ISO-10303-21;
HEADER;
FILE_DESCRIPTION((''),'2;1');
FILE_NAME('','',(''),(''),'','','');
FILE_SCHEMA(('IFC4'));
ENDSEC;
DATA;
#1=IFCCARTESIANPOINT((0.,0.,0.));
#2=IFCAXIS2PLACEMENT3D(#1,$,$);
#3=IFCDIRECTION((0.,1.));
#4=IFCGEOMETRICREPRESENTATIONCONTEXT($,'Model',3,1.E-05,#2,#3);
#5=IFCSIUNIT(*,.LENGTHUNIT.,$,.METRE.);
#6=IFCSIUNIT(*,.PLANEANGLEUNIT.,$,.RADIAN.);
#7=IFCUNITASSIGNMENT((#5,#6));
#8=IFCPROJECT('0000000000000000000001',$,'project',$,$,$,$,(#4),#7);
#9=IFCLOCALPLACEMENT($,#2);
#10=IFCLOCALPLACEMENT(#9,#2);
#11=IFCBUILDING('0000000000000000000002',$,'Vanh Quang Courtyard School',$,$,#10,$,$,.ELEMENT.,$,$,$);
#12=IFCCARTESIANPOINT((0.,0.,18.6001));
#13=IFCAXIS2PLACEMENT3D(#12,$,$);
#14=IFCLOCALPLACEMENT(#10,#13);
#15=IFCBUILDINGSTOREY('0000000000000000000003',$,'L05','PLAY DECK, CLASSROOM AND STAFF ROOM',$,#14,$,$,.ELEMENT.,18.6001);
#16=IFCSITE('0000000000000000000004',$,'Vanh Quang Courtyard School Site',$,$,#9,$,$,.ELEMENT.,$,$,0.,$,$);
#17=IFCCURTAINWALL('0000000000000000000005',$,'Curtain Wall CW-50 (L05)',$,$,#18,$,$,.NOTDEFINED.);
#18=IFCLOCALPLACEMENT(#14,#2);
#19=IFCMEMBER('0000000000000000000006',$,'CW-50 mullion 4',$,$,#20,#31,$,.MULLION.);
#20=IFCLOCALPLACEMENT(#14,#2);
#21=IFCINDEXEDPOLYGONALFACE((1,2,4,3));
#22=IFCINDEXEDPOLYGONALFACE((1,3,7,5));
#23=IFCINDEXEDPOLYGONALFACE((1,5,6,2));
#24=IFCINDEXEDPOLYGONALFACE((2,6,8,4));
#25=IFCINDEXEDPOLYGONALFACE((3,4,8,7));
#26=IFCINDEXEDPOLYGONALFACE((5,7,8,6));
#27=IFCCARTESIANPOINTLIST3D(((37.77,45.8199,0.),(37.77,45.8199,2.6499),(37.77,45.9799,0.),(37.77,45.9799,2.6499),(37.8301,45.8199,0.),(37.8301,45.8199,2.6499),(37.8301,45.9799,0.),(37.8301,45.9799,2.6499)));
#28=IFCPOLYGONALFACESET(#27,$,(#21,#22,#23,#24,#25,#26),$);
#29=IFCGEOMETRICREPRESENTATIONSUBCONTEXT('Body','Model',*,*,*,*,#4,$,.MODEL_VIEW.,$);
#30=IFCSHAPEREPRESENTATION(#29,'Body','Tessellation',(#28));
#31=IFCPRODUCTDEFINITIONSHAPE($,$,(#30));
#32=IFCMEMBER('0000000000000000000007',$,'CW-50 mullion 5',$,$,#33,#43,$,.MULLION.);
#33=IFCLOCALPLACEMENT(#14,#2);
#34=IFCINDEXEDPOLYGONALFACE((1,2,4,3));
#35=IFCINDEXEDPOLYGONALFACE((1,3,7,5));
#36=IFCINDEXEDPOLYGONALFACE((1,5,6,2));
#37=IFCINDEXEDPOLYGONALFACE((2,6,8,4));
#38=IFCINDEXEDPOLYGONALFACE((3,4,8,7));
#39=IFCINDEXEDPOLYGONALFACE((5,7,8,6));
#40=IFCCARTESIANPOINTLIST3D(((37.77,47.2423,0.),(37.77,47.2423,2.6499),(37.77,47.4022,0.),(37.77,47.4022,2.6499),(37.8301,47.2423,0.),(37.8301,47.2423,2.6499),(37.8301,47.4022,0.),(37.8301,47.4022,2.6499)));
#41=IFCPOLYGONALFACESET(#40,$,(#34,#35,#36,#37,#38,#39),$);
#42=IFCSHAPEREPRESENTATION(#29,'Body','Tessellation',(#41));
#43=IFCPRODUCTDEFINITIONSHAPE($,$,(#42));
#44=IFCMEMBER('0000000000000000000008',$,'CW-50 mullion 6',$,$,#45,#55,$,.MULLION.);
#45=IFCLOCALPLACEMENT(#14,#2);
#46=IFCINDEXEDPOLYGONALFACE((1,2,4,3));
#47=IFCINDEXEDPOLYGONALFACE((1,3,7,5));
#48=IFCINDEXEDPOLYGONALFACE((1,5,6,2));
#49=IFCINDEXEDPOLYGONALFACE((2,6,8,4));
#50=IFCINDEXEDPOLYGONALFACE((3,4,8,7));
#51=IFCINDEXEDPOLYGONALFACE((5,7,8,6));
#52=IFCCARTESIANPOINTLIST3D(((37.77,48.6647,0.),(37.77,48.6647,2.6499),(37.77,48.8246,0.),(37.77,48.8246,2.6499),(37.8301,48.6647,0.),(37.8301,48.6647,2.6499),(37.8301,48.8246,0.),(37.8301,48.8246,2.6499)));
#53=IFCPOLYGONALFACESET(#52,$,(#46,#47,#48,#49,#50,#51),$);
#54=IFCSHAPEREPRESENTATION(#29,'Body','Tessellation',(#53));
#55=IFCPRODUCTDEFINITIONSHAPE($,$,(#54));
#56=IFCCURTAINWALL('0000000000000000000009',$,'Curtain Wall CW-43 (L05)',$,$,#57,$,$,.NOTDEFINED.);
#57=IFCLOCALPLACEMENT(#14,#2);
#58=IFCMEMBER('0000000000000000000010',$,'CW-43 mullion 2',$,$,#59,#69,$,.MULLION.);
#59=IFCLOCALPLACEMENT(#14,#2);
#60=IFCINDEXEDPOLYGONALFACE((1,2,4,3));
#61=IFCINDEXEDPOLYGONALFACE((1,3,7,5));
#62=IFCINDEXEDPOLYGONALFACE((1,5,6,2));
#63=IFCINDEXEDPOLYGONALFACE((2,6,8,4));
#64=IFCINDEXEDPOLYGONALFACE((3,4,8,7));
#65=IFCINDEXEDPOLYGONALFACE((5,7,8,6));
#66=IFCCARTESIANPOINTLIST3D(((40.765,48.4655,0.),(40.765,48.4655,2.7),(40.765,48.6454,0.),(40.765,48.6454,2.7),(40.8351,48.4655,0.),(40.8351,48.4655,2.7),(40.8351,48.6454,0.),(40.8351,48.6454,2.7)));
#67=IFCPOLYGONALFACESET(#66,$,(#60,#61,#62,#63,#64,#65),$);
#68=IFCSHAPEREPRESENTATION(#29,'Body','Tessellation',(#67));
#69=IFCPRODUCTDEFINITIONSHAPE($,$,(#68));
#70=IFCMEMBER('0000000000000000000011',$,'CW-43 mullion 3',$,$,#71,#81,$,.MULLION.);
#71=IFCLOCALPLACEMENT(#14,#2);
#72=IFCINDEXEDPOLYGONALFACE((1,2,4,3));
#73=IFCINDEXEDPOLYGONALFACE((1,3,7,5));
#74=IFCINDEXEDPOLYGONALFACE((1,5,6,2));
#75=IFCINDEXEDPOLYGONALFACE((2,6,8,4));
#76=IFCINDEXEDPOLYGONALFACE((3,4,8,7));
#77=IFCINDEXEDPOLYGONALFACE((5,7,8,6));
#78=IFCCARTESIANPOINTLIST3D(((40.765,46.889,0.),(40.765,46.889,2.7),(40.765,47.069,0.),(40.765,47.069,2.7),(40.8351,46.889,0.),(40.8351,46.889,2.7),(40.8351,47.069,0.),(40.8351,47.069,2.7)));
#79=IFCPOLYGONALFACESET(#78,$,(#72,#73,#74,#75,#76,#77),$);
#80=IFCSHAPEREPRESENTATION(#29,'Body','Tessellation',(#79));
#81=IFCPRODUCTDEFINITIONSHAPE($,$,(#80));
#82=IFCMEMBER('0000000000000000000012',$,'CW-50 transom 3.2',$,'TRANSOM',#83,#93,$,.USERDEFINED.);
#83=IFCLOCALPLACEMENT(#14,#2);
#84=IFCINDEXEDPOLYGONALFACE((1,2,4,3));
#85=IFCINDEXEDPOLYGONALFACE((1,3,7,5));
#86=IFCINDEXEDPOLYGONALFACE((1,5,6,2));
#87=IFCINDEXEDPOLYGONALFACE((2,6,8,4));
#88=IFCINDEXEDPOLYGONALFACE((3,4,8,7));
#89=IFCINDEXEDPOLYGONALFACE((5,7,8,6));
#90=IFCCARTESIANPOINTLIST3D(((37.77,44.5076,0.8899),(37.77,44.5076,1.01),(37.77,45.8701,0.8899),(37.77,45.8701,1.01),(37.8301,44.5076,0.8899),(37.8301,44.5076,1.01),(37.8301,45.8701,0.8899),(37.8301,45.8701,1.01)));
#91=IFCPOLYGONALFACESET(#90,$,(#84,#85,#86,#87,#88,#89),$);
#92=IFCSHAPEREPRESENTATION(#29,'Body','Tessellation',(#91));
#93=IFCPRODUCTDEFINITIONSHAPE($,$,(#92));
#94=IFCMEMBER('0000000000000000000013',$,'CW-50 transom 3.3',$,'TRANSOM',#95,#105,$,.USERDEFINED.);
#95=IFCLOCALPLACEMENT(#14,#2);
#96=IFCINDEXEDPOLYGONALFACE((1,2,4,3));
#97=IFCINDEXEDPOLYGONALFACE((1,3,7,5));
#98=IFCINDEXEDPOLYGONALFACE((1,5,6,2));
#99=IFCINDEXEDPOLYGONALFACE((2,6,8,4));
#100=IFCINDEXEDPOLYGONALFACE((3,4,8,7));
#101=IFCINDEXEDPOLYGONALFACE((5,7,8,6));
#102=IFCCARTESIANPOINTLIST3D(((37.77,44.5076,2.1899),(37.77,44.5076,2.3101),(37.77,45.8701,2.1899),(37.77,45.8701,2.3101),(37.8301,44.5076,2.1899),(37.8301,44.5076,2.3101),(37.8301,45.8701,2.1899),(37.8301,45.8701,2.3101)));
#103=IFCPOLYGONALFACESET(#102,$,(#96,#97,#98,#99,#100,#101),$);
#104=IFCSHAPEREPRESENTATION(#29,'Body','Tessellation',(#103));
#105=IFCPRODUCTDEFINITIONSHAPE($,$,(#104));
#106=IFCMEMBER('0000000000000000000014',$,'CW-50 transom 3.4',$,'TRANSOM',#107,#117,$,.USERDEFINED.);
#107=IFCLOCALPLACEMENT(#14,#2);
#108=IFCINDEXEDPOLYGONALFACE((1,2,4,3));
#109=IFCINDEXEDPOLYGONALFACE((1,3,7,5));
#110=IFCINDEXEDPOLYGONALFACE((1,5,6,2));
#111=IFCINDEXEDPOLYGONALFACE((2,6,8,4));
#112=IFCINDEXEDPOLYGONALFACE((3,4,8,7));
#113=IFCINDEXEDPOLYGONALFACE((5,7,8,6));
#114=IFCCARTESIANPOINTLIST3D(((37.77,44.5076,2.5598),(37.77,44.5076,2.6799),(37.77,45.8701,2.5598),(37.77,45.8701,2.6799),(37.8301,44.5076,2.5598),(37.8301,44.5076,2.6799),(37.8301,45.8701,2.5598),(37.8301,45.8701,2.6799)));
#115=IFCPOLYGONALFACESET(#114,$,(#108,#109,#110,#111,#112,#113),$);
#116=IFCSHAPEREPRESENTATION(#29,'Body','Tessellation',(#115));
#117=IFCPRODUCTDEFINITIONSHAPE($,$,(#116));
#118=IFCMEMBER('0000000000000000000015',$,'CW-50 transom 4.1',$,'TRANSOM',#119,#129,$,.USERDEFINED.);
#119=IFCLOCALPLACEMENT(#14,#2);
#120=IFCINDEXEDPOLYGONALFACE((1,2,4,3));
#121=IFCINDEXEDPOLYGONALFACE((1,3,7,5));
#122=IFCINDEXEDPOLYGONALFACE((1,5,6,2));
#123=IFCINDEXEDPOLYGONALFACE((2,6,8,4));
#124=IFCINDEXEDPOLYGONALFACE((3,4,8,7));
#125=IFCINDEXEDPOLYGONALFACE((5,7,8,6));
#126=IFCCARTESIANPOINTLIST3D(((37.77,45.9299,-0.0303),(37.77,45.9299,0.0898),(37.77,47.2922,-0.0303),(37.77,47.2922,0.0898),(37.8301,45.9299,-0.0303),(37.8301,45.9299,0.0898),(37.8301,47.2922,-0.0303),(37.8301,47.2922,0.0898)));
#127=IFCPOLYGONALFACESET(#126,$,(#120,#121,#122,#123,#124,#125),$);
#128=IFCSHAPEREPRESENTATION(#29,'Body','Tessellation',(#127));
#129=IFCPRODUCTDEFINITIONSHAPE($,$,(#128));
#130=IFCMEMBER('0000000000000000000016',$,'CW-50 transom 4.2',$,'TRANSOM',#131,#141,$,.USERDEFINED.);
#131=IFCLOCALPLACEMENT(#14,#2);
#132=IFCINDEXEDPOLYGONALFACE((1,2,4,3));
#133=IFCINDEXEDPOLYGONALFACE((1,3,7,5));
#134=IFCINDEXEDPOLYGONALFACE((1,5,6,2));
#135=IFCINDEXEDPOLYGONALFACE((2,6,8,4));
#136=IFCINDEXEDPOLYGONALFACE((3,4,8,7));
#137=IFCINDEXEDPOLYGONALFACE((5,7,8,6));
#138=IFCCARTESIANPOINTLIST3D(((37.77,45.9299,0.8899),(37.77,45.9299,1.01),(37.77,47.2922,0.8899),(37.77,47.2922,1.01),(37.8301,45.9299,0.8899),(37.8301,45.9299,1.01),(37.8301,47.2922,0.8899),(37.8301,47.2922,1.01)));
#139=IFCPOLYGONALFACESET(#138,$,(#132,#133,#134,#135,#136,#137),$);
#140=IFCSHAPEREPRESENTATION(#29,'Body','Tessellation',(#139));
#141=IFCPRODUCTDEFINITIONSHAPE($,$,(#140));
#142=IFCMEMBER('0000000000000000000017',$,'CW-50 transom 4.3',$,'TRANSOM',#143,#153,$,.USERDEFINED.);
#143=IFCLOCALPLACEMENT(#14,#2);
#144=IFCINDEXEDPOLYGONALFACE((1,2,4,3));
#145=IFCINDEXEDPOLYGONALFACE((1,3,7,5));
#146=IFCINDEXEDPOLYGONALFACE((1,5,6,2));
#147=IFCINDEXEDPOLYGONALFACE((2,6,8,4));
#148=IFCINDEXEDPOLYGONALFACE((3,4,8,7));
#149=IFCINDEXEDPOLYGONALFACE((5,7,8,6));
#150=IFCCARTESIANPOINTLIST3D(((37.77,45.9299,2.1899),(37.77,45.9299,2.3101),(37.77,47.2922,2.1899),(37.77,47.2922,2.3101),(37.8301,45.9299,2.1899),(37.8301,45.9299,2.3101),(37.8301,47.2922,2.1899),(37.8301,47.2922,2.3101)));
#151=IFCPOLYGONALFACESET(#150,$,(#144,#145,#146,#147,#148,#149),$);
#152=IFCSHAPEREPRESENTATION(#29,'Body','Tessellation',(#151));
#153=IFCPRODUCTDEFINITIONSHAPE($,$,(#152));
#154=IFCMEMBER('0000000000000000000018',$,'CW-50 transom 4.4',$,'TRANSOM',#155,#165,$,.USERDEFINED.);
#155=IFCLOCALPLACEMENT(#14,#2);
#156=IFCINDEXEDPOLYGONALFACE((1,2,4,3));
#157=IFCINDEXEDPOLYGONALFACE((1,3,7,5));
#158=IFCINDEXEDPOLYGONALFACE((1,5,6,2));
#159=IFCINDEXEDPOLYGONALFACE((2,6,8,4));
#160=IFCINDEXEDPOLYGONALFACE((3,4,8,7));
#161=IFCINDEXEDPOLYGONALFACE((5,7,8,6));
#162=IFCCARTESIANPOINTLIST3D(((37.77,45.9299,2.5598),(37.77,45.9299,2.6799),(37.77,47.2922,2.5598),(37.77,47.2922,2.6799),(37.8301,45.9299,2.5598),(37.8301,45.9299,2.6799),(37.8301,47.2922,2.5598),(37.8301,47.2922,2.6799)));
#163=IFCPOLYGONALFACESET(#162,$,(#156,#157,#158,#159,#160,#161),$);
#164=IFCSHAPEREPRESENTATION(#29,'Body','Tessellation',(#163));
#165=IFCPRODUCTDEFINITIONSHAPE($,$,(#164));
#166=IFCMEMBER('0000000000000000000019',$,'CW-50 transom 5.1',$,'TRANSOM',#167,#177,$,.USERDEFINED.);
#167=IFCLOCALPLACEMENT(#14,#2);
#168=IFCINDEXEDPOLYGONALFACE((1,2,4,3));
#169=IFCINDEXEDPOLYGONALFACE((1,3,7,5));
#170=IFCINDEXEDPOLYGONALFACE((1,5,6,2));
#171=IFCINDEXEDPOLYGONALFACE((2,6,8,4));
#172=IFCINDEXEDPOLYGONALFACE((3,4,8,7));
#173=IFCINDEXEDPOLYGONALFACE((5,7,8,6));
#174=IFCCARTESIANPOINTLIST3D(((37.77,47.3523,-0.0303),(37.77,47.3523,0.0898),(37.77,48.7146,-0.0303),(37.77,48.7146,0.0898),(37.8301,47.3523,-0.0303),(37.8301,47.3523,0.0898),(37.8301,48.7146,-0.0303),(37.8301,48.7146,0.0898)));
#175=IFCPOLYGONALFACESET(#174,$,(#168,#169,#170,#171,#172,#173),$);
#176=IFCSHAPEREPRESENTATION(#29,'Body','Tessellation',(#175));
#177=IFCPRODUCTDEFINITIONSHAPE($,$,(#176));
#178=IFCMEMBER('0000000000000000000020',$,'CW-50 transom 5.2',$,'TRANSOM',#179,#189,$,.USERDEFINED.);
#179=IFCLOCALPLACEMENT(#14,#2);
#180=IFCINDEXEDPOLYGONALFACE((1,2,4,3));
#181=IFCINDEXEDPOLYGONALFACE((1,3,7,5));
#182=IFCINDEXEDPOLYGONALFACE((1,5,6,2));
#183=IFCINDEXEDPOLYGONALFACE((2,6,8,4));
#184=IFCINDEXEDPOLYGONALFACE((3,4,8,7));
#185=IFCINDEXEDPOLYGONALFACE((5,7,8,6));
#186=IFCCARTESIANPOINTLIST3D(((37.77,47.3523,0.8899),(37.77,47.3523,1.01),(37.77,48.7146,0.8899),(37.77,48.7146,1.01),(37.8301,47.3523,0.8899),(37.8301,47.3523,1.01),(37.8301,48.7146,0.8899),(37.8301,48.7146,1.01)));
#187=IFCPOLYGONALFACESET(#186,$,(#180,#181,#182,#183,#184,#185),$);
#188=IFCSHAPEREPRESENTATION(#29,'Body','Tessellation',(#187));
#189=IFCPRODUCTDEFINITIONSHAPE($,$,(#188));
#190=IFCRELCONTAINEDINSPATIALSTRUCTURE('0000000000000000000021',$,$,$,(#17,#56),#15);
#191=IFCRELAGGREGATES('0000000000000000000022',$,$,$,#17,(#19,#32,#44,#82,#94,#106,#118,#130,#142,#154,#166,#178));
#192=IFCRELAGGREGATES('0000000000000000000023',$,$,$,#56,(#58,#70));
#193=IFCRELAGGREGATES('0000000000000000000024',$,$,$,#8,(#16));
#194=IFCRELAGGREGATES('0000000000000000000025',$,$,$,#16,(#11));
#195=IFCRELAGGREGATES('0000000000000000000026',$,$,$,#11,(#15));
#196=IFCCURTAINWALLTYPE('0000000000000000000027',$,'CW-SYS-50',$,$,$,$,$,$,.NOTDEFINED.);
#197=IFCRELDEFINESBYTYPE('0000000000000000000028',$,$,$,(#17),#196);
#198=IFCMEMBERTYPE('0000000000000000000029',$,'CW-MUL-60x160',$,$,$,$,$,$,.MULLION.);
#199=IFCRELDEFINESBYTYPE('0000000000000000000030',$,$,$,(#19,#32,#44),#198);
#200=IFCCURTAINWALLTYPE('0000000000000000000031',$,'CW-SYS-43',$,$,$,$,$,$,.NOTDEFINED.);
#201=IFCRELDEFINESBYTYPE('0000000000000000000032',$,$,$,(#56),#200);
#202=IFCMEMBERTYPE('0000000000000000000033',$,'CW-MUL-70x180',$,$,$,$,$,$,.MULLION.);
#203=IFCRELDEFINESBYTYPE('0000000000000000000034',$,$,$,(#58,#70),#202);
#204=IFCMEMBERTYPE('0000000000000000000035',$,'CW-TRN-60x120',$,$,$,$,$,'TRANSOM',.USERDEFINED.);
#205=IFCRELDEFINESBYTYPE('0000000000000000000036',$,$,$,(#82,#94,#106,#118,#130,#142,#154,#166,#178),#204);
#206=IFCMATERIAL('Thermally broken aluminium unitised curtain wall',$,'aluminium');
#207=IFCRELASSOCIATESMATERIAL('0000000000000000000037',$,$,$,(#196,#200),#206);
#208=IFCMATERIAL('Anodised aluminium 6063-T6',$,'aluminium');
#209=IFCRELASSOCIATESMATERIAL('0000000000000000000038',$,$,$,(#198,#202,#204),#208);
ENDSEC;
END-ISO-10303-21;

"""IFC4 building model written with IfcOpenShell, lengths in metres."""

from ifc_helpers import new_model, si_unit, direction, frame, origin, origin_2d, place, context, subcontext, project, spatial, rectangle, extrude, material, material_profile, profile_set, type_object, element, aggregate, save


model = new_model("IFC4")

# Units and contexts
model_context = context("Model", 3, precision=1e-05, world=origin(), true_north=direction((0.0, 1.0)))
body_context = subcontext(model_context, "Body", "Model", "MODEL_VIEW")
ifc_project = project(units=[si_unit("LENGTHUNIT", "METRE"), si_unit("PLANEANGLEUNIT", "RADIAN")], contexts=[model_context])

# Site, building, storey
site_placement = place(None, origin())
site = spatial("IfcSite", under=ifc_project, at=site_placement, Name="Vanh Quang Courtyard School Site", CompositionType="ELEMENT", RefElevation=0.0)
building_placement = place(site_placement, origin())
building = spatial("IfcBuilding", under=site, at=building_placement, Name="Vanh Quang Courtyard School", CompositionType="ELEMENT")
storey_placement = place(building_placement, frame((0.0, 0.0, 18.6001)))
storey = spatial("IfcBuildingStorey", under=building, at=storey_placement, Name="L05", Description="PLAY DECK, CLASSROOM AND STAFF ROOM", CompositionType="ELEMENT", Elevation=18.6001)

# Curtain walls, members
ifc_material_1 = material(Name="Thermally broken aluminium unitised curtain wall", Category="aluminium")
curtain_wall_type_1 = type_object("IfcCurtainWallType", Name="CW-SYS-50", PredefinedType="NOTDEFINED", material=ifc_material_1)
curtain_wall_1_placement = place(storey_placement, origin())
curtain_wall_1 = element("IfcCurtainWall", 1, at=curtain_wall_1_placement, inside=storey, type_object=curtain_wall_type_1, Name="Curtain Wall CW-50 (L05)", PredefinedType="NOTDEFINED")
ifc_material_2 = material(Name="Anodised aluminium 6063-T6", Category="aluminium")
ifc_material_profile_1 = material_profile(ifc_material_2, rectangle(XDim=0.0601, YDim=0.1599, at=origin_2d()), Name="ALU-MUL 60x160")
ifc_profile_set_1 = profile_set([ifc_material_profile_1], Name="Anodised aluminium 6063-T6")
member_type_1 = type_object("IfcMemberType", Name="CW-MUL-60x160", PredefinedType="MULLION", material=ifc_profile_set_1)
member_1_placement = place(storey_placement, frame((37.8, 45.8999, 0.0), z_axis=(0.0, 0.0, 1.0), x_axis=(-1.0, 0.0, 0.0)))
member_1 = element("IfcMember", 2, at=member_1_placement, type_object=member_type_1, Name="CW-50 mullion 4", PredefinedType="MULLION", context=body_context, shape_type="SweptSolid", body=[
    extrude(rectangle(XDim=0.0601, YDim=0.1599, at=origin_2d()), origin(), (0.0, 0.0, 1.0), 2.6499),
])
member_2_placement = place(storey_placement, frame((37.8, 47.3223, 0.0), z_axis=(0.0, 0.0, 1.0), x_axis=(-1.0, 0.0, 0.0)))
member_2 = element("IfcMember", 3, at=member_2_placement, type_object=member_type_1, Name="CW-50 mullion 5", PredefinedType="MULLION", context=body_context, shape_type="SweptSolid", body=[
    extrude(rectangle(XDim=0.0601, YDim=0.1599, at=origin_2d()), origin(), (0.0, 0.0, 1.0), 2.6499),
])
member_3_placement = place(storey_placement, frame((37.8, 48.7446, 0.0), z_axis=(0.0, 0.0, 1.0), x_axis=(-1.0, 0.0, 0.0)))
member_3 = element("IfcMember", 4, at=member_3_placement, type_object=member_type_1, Name="CW-50 mullion 6", PredefinedType="MULLION", context=body_context, shape_type="SweptSolid", body=[
    extrude(rectangle(XDim=0.0601, YDim=0.1599, at=origin_2d()), origin(), (0.0, 0.0, 1.0), 2.6499),
])
curtain_wall_type_2 = type_object("IfcCurtainWallType", Name="CW-SYS-43", PredefinedType="NOTDEFINED", material=ifc_material_1)
curtain_wall_2_placement = place(storey_placement, origin())
curtain_wall_2 = element("IfcCurtainWall", 5, at=curtain_wall_2_placement, inside=storey, type_object=curtain_wall_type_2, Name="Curtain Wall CW-43 (L05)", PredefinedType="NOTDEFINED")
ifc_material_profile_2 = material_profile(ifc_material_2, rectangle(XDim=0.0701, YDim=0.1799, at=origin_2d()), Name="ALU-MUL 70x180")
ifc_profile_set_2 = profile_set([ifc_material_profile_2], Name="Anodised aluminium 6063-T6")
member_type_2 = type_object("IfcMemberType", Name="CW-MUL-70x180", PredefinedType="MULLION", material=ifc_profile_set_2)
member_4_placement = place(storey_placement, frame((40.8, 48.5554, 0.0), z_axis=(0.0, 0.0, 1.0), x_axis=(1.0, 0.0, 0.0)))
member_4 = element("IfcMember", 6, at=member_4_placement, type_object=member_type_2, Name="CW-43 mullion 2", PredefinedType="MULLION", context=body_context, shape_type="SweptSolid", body=[
    extrude(rectangle(XDim=0.0701, YDim=0.1799, at=origin_2d()), origin(), (0.0, 0.0, 1.0), 2.7),
])
member_5_placement = place(storey_placement, frame((40.8, 46.979, 0.0), z_axis=(0.0, 0.0, 1.0), x_axis=(1.0, 0.0, 0.0)))
member_5 = element("IfcMember", 7, at=member_5_placement, type_object=member_type_2, Name="CW-43 mullion 3", PredefinedType="MULLION", context=body_context, shape_type="SweptSolid", body=[
    extrude(rectangle(XDim=0.0701, YDim=0.1799, at=origin_2d()), origin(), (0.0, 0.0, 1.0), 2.7),
])

# Members
ifc_material_profile_3 = material_profile(ifc_material_2, rectangle(XDim=0.0601, YDim=0.1201, at=origin_2d()), Name="ALU-TRN 60x120")
ifc_profile_set_3 = profile_set([ifc_material_profile_3], Name="Anodised aluminium 6063-T6")
member_type_3 = type_object("IfcMemberType", Name="CW-TRN-60x120", ElementType="TRANSOM", PredefinedType="USERDEFINED", material=ifc_profile_set_3)
member_6_placement = place(storey_placement, frame((37.8, 44.5076, 0.95), z_axis=(0.0, 1.0, 0.0), x_axis=(-1.0, 0.0, 0.0)))
member_6 = element("IfcMember", 8, at=member_6_placement, type_object=member_type_3, Name="CW-50 transom 3.2", ObjectType="TRANSOM", PredefinedType="USERDEFINED", context=body_context, shape_type="SweptSolid", body=[
    extrude(rectangle(XDim=0.0601, YDim=0.1201, at=origin_2d()), origin(), (0.0, 0.0, 1.0), 1.3625),
])
member_7_placement = place(storey_placement, frame((37.8, 44.5076, 2.25), z_axis=(0.0, 1.0, 0.0), x_axis=(-1.0, 0.0, 0.0)))
member_7 = element("IfcMember", 9, at=member_7_placement, type_object=member_type_3, Name="CW-50 transom 3.3", ObjectType="TRANSOM", PredefinedType="USERDEFINED", context=body_context, shape_type="SweptSolid", body=[
    extrude(rectangle(XDim=0.0601, YDim=0.1201, at=origin_2d()), origin(), (0.0, 0.0, 1.0), 1.3625),
])
member_8_placement = place(storey_placement, frame((37.8, 44.5076, 2.6199), z_axis=(0.0, 1.0, 0.0), x_axis=(-1.0, 0.0, 0.0)))
member_8 = element("IfcMember", 10, at=member_8_placement, type_object=member_type_3, Name="CW-50 transom 3.4", ObjectType="TRANSOM", PredefinedType="USERDEFINED", context=body_context, shape_type="SweptSolid", body=[
    extrude(rectangle(XDim=0.0601, YDim=0.1201, at=origin_2d()), origin(), (0.0, 0.0, 1.0), 1.3625),
])
member_9_placement = place(storey_placement, frame((37.8, 45.9299, 0.0298), z_axis=(0.0, 1.0, 0.0), x_axis=(-1.0, 0.0, 0.0)))
member_9 = element("IfcMember", 11, at=member_9_placement, type_object=member_type_3, Name="CW-50 transom 4.1", ObjectType="TRANSOM", PredefinedType="USERDEFINED", context=body_context, shape_type="SweptSolid", body=[
    extrude(rectangle(XDim=0.0601, YDim=0.1201, at=origin_2d()), origin(), (0.0, 0.0, 1.0), 1.3623),
])
member_10_placement = place(storey_placement, frame((37.8, 45.9299, 0.95), z_axis=(0.0, 1.0, 0.0), x_axis=(-1.0, 0.0, 0.0)))
member_10 = element("IfcMember", 12, at=member_10_placement, type_object=member_type_3, Name="CW-50 transom 4.2", ObjectType="TRANSOM", PredefinedType="USERDEFINED", context=body_context, shape_type="SweptSolid", body=[
    extrude(rectangle(XDim=0.0601, YDim=0.1201, at=origin_2d()), origin(), (0.0, 0.0, 1.0), 1.3623),
])
member_11_placement = place(storey_placement, frame((37.8, 45.9299, 2.25), z_axis=(0.0, 1.0, 0.0), x_axis=(-1.0, 0.0, 0.0)))
member_11 = element("IfcMember", 13, at=member_11_placement, type_object=member_type_3, Name="CW-50 transom 4.3", ObjectType="TRANSOM", PredefinedType="USERDEFINED", context=body_context, shape_type="SweptSolid", body=[
    extrude(rectangle(XDim=0.0601, YDim=0.1201, at=origin_2d()), origin(), (0.0, 0.0, 1.0), 1.3623),
])
member_12_placement = place(storey_placement, frame((37.8, 45.9299, 2.6199), z_axis=(0.0, 1.0, 0.0), x_axis=(-1.0, 0.0, 0.0)))
member_12 = element("IfcMember", 14, at=member_12_placement, type_object=member_type_3, Name="CW-50 transom 4.4", ObjectType="TRANSOM", PredefinedType="USERDEFINED", context=body_context, shape_type="SweptSolid", body=[
    extrude(rectangle(XDim=0.0601, YDim=0.1201, at=origin_2d()), origin(), (0.0, 0.0, 1.0), 1.3623),
])
member_13_placement = place(storey_placement, frame((37.8, 47.3523, 0.0298), z_axis=(0.0, 1.0, 0.0), x_axis=(-1.0, 0.0, 0.0)))
member_13 = element("IfcMember", 15, at=member_13_placement, type_object=member_type_3, Name="CW-50 transom 5.1", ObjectType="TRANSOM", PredefinedType="USERDEFINED", context=body_context, shape_type="SweptSolid", body=[
    extrude(rectangle(XDim=0.0601, YDim=0.1201, at=origin_2d()), origin(), (0.0, 0.0, 1.0), 1.3623),
])
member_14_placement = place(storey_placement, frame((37.8, 47.3523, 0.95), z_axis=(0.0, 1.0, 0.0), x_axis=(-1.0, 0.0, 0.0)))
member_14 = element("IfcMember", 16, at=member_14_placement, type_object=member_type_3, Name="CW-50 transom 5.2", ObjectType="TRANSOM", PredefinedType="USERDEFINED", context=body_context, shape_type="SweptSolid", body=[
    extrude(rectangle(XDim=0.0601, YDim=0.1201, at=origin_2d()), origin(), (0.0, 0.0, 1.0), 1.3623),
])

aggregate(curtain_wall_1, [member_1, member_2, member_3, member_6, member_7, member_8, member_9, member_10, member_11, member_12, member_13, member_14])
aggregate(curtain_wall_2, [member_4, member_5])

save(model, "model.ifc")
